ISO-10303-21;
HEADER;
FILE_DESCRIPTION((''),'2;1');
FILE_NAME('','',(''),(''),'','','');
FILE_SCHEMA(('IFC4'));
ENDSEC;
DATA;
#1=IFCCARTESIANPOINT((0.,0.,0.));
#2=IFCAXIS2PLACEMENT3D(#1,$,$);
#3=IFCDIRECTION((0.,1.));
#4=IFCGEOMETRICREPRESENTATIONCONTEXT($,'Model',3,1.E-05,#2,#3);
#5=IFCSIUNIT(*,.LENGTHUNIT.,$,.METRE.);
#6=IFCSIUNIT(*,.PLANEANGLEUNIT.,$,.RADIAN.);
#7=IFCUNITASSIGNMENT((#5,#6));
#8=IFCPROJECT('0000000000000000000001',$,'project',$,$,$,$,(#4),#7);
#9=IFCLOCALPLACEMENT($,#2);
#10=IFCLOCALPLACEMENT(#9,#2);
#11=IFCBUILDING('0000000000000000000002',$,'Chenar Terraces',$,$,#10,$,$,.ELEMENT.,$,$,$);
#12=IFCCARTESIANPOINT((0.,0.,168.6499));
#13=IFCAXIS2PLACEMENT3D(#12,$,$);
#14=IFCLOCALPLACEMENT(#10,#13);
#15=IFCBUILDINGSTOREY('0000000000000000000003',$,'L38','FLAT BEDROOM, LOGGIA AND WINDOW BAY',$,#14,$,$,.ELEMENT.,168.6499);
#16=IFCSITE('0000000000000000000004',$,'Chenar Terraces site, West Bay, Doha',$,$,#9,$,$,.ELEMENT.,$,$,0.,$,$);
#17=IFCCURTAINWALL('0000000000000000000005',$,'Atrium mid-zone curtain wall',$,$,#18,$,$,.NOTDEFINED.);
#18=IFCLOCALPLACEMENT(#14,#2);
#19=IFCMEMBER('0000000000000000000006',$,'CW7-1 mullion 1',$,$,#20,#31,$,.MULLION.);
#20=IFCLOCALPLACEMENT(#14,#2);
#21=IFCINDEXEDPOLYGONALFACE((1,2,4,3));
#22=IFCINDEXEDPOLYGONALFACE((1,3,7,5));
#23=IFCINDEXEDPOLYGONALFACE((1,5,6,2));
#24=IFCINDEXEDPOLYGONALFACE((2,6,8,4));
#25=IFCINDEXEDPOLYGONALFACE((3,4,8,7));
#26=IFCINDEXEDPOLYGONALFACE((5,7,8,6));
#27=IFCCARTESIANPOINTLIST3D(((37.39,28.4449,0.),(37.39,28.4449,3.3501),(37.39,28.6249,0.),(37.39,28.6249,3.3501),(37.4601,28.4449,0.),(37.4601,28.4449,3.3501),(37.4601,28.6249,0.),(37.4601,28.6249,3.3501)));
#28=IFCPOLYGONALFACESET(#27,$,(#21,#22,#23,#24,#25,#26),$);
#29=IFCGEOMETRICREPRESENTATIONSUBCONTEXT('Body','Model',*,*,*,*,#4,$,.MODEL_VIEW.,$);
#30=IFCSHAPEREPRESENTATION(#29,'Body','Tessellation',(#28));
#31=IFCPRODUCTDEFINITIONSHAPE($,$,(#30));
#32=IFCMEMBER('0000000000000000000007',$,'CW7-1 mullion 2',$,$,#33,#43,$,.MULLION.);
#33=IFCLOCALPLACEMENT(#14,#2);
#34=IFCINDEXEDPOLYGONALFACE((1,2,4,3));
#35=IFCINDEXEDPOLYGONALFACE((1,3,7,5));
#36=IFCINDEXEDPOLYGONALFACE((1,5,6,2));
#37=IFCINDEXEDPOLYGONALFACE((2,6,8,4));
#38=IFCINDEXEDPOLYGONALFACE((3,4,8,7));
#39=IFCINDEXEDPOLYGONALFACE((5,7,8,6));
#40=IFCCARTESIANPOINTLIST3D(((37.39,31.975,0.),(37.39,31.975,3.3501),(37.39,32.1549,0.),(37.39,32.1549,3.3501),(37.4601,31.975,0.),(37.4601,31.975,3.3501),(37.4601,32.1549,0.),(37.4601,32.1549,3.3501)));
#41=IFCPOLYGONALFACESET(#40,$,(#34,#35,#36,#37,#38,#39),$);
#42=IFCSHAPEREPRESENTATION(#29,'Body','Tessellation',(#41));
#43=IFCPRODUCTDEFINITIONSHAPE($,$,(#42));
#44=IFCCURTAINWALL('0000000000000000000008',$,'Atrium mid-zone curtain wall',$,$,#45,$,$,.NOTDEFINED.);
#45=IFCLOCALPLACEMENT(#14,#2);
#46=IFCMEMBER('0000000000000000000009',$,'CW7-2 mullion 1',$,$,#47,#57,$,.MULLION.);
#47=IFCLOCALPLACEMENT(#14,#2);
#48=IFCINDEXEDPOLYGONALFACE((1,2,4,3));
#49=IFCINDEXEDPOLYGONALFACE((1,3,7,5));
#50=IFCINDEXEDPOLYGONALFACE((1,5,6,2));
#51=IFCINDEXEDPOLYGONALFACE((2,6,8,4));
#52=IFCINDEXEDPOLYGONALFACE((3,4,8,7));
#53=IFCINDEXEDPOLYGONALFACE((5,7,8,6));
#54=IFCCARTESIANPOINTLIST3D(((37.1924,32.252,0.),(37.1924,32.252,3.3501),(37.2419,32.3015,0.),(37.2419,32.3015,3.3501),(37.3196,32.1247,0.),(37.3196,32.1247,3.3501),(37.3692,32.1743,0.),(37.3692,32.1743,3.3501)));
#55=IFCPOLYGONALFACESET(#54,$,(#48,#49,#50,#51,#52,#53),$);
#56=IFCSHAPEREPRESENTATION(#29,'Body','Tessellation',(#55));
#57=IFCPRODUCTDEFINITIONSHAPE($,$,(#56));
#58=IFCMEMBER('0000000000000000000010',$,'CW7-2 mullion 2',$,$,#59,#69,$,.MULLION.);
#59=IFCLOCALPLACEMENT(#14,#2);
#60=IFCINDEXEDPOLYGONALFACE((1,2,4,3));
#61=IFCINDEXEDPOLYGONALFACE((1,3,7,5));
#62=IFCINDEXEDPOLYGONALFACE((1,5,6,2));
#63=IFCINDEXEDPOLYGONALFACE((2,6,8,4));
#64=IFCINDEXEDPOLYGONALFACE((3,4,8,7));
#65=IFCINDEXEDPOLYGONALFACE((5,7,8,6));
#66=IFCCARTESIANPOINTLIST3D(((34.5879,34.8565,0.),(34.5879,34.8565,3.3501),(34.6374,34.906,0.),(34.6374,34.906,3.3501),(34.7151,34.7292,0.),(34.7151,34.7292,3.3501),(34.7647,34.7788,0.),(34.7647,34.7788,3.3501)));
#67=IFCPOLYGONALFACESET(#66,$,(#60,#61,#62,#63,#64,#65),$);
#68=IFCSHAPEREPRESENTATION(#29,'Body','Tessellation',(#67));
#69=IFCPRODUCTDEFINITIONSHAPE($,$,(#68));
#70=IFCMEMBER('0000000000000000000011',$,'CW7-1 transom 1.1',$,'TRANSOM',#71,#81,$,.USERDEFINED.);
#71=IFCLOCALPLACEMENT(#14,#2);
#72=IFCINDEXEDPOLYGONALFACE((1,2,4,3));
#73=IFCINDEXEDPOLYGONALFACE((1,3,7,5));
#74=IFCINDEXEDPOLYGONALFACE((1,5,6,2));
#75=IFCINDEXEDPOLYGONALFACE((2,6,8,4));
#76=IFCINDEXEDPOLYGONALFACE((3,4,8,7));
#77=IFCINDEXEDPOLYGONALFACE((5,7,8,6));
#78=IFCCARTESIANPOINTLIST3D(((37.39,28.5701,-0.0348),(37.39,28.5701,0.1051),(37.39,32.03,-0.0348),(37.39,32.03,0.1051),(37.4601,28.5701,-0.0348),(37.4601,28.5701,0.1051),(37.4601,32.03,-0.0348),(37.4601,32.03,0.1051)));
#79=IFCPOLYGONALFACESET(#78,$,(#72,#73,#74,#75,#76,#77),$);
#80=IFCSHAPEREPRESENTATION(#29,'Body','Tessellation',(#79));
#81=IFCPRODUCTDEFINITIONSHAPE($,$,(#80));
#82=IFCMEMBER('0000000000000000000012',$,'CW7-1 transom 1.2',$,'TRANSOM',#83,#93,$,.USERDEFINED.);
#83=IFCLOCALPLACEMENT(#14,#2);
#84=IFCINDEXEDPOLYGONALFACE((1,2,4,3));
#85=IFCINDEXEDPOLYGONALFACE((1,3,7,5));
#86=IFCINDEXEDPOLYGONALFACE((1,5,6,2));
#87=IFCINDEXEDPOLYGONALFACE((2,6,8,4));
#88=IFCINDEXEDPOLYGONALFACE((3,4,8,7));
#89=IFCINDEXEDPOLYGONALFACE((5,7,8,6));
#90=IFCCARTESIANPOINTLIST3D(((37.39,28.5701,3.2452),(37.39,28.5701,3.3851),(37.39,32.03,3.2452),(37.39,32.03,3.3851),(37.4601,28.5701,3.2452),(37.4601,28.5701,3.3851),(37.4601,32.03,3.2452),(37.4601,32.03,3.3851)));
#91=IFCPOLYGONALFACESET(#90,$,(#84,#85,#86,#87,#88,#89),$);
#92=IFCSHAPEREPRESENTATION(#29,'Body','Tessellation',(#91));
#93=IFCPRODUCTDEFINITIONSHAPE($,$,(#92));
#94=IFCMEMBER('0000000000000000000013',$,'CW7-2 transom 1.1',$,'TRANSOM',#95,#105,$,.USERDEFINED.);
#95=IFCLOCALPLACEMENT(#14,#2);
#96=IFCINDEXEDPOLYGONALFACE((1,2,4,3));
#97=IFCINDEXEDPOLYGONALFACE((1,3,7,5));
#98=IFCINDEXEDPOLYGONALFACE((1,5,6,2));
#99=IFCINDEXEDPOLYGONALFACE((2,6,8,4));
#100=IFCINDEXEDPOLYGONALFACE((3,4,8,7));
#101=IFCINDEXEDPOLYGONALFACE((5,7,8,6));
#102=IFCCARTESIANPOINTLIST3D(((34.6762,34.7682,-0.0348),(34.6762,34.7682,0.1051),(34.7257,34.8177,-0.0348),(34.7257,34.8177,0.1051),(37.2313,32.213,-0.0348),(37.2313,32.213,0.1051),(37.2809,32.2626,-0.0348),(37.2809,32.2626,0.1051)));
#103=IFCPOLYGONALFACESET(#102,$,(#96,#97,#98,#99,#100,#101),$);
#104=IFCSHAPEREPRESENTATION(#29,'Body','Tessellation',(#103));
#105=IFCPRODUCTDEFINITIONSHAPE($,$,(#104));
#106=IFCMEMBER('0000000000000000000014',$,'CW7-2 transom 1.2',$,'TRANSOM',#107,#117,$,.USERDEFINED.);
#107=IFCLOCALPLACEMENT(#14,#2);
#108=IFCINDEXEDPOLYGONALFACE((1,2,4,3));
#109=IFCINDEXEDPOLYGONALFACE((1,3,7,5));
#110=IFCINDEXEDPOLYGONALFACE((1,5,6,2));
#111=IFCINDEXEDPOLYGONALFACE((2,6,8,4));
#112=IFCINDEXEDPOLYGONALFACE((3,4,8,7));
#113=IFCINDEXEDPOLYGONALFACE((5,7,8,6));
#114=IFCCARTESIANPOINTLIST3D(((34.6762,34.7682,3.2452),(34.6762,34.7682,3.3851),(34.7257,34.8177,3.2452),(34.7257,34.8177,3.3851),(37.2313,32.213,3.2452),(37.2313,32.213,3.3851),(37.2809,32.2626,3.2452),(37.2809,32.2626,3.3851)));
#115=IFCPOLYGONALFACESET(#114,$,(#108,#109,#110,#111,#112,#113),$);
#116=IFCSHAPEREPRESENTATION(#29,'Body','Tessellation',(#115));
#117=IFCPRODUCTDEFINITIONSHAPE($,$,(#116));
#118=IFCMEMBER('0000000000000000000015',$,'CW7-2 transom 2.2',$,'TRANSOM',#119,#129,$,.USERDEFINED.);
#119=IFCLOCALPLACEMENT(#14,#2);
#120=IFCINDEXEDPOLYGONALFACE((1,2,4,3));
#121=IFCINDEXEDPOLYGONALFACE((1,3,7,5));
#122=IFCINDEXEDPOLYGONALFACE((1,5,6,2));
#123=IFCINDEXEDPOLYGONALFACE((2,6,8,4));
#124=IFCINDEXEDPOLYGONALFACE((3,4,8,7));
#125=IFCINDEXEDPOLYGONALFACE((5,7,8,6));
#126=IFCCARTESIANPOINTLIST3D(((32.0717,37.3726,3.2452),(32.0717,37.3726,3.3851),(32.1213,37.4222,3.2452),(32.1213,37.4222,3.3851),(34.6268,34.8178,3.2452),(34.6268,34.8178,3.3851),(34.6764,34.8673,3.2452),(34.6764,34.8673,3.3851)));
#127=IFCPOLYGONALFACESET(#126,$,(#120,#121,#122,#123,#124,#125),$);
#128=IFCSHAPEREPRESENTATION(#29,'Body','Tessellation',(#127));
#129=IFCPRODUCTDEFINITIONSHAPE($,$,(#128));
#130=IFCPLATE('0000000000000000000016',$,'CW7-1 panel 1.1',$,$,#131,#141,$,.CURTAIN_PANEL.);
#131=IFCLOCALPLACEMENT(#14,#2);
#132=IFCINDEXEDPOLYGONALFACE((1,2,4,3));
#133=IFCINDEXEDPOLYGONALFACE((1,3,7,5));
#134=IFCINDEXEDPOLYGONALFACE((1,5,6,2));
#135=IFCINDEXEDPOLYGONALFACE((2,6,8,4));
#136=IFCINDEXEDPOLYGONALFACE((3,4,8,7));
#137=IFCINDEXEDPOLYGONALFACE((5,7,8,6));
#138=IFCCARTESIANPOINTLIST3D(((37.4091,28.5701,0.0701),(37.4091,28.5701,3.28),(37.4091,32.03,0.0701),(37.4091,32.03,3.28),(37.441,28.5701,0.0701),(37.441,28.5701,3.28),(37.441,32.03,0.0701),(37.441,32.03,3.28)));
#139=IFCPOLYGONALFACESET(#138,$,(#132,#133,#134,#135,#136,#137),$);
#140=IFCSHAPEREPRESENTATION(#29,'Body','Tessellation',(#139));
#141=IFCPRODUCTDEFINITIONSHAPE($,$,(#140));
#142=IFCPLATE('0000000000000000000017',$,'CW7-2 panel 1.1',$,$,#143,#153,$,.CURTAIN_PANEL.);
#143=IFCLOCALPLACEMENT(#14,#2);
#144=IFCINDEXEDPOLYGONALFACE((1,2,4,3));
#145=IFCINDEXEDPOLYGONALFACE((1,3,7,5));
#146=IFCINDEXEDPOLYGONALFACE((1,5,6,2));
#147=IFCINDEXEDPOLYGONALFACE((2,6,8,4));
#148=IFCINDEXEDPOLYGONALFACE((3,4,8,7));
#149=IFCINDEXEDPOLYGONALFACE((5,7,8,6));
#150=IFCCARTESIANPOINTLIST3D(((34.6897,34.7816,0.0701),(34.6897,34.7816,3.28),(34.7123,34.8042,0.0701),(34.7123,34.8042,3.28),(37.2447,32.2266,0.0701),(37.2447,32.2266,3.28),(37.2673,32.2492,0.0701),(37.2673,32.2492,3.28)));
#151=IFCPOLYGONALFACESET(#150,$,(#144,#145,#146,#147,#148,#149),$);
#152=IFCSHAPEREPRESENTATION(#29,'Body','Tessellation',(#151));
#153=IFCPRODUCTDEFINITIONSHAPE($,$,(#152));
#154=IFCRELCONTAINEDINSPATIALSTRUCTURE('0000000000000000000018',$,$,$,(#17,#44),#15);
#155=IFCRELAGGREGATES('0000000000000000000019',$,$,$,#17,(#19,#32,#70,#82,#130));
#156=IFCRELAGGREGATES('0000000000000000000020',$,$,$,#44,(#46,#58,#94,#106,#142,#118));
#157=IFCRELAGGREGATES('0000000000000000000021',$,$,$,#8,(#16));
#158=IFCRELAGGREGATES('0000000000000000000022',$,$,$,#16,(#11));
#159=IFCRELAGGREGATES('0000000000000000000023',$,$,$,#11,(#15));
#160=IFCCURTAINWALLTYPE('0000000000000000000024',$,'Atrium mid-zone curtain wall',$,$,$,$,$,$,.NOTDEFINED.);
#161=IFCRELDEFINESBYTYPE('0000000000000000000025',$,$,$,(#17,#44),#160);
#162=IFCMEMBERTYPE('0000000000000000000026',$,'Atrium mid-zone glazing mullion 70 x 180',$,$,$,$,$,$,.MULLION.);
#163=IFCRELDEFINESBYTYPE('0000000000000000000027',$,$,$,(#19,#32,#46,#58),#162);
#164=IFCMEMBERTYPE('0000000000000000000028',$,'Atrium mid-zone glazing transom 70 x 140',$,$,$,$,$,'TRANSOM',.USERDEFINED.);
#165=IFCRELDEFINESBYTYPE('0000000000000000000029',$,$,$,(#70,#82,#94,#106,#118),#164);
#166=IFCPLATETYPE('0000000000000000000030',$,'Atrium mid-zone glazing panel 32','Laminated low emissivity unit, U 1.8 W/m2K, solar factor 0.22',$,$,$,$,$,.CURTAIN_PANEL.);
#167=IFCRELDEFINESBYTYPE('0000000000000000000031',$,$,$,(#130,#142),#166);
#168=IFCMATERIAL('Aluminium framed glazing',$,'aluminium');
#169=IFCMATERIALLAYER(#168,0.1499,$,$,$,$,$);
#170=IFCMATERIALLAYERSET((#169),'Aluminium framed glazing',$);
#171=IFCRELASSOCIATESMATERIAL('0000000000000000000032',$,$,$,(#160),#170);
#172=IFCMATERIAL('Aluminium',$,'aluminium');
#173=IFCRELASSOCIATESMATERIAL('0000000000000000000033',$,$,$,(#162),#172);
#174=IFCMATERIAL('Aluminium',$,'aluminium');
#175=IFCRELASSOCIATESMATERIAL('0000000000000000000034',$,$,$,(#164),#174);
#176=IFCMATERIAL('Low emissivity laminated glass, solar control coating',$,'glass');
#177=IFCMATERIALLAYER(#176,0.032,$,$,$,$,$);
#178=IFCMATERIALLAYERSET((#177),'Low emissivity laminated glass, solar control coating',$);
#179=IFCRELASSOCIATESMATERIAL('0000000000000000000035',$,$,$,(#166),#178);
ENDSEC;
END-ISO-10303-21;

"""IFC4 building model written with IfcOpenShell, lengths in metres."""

from ifc_helpers import new_model, si_unit, direction, frame, origin, origin_2d, place, context, subcontext, project, spatial, rectangle, extrude, material, layer, layer_set, material_profile, profile_set, type_object, element, aggregate, save


model = new_model("IFC4")

# Units and contexts
model_context = context("Model", 3, precision=1e-05, world=origin(), true_north=direction((0.0, 1.0)))
body_context = subcontext(model_context, "Body", "Model", "MODEL_VIEW")
ifc_project = project(units=[si_unit("LENGTHUNIT", "METRE"), si_unit("PLANEANGLEUNIT", "RADIAN")], contexts=[model_context])

# Site, building, storey
site_placement = place(None, origin())
site = spatial("IfcSite", under=ifc_project, at=site_placement, Name="Chenar Terraces site, West Bay, Doha", CompositionType="ELEMENT", RefElevation=0.0)
building_placement = place(site_placement, origin())
building = spatial("IfcBuilding", under=site, at=building_placement, Name="Chenar Terraces", CompositionType="ELEMENT")
storey_placement = place(building_placement, frame((0.0, 0.0, 168.6499)))
storey = spatial("IfcBuildingStorey", under=building, at=storey_placement, Name="L38", Description="FLAT BEDROOM, LOGGIA AND WINDOW BAY", CompositionType="ELEMENT", Elevation=168.6499)

# Curtain walls, members
ifc_material_1 = material(Name="Aluminium framed glazing", Category="aluminium")
ifc_layer_1 = layer(ifc_material_1, 0.1499)
ifc_layer_set_1 = layer_set([ifc_layer_1], Name="Aluminium framed glazing")
curtain_wall_type = type_object("IfcCurtainWallType", Name="Atrium mid-zone curtain wall", PredefinedType="NOTDEFINED", material=ifc_layer_set_1)
placement = place(storey_placement, origin())
curtain_wall_1 = element("IfcCurtainWall", 1, at=placement, inside=storey, type_object=curtain_wall_type, Name="Atrium mid-zone curtain wall", PredefinedType="NOTDEFINED")
ifc_material_2 = material(Name="Aluminium", Category="aluminium")
ifc_material_profile_1 = material_profile(ifc_material_2, rectangle(XDim=0.0701, YDim=0.1799, at=origin_2d()), Name="Atrium mid-zone glazing mullion 70 x 180")
ifc_profile_set_1 = profile_set([ifc_material_profile_1], Name="Aluminium")
member_type_1 = type_object("IfcMemberType", Name="Atrium mid-zone glazing mullion 70 x 180", PredefinedType="MULLION", material=ifc_profile_set_1)
member_1_placement = place(storey_placement, frame((37.425, 28.5349, 0.0), z_axis=(0.0, 0.0, 1.0), x_axis=(-1.0, 0.0, 0.0)))
member_1 = element("IfcMember", 2, at=member_1_placement, type_object=member_type_1, Name="CW7-1 mullion 1", PredefinedType="MULLION", context=body_context, shape_type="SweptSolid", body=[
    extrude(rectangle(XDim=0.0701, YDim=0.1799, at=origin_2d()), origin(), (0.0, 0.0, 1.0), 3.3501),
])
member_2_placement = place(storey_placement, frame((37.425, 32.0649, 0.0), z_axis=(0.0, 0.0, 1.0), x_axis=(-1.0, 0.0, 0.0)))
member_2 = element("IfcMember", 3, at=member_2_placement, type_object=member_type_1, Name="CW7-1 mullion 2", PredefinedType="MULLION", context=body_context, shape_type="SweptSolid", body=[
    extrude(rectangle(XDim=0.0701, YDim=0.1799, at=origin_2d()), origin(), (0.0, 0.0, 1.0), 3.3501),
])
curtain_wall_2 = element("IfcCurtainWall", 4, at=placement, inside=storey, type_object=curtain_wall_type, Name="Atrium mid-zone curtain wall", PredefinedType="NOTDEFINED")
member_3_placement = place(storey_placement, frame((37.2808, 32.2131, 0.0), z_axis=(0.0, 0.0, 1.0), x_axis=(-0.707107, -0.707107, 0.0)))
member_3 = element("IfcMember", 5, at=member_3_placement, type_object=member_type_1, Name="CW7-2 mullion 1", PredefinedType="MULLION", context=body_context, shape_type="SweptSolid", body=[
    extrude(rectangle(XDim=0.0701, YDim=0.1799, at=origin_2d()), origin(), (0.0, 0.0, 1.0), 3.3501),
])
member_4_placement = place(storey_placement, frame((34.6763, 34.8176, 0.0), z_axis=(0.0, 0.0, 1.0), x_axis=(-0.707107, -0.707107, 0.0)))
member_4 = element("IfcMember", 6, at=member_4_placement, type_object=member_type_1, Name="CW7-2 mullion 2", PredefinedType="MULLION", context=body_context, shape_type="SweptSolid", body=[
    extrude(rectangle(XDim=0.0701, YDim=0.1799, at=origin_2d()), origin(), (0.0, 0.0, 1.0), 3.3501),
])

# Members
ifc_material_3 = material(Name="Aluminium", Category="aluminium")
ifc_material_profile_2 = material_profile(ifc_material_3, rectangle(XDim=0.0701, YDim=0.1399, at=origin_2d()), Name="Atrium mid-zone glazing transom 70 x 140")
ifc_profile_set_2 = profile_set([ifc_material_profile_2], Name="Aluminium")
member_type_2 = type_object("IfcMemberType", Name="Atrium mid-zone glazing transom 70 x 140", ElementType="TRANSOM", PredefinedType="USERDEFINED", material=ifc_profile_set_2)
member_5_placement = place(storey_placement, frame((37.425, 28.5701, 0.0352), z_axis=(0.0, 1.0, 0.0), x_axis=(-1.0, 0.0, 0.0)))
member_5 = element("IfcMember", 7, at=member_5_placement, type_object=member_type_2, Name="CW7-1 transom 1.1", ObjectType="TRANSOM", PredefinedType="USERDEFINED", context=body_context, shape_type="SweptSolid", body=[
    extrude(rectangle(XDim=0.0701, YDim=0.1399, at=origin_2d()), origin(), (0.0, 0.0, 1.0), 3.46),
])
member_6_placement = place(storey_placement, frame((37.425, 28.5701, 3.3152), z_axis=(0.0, 1.0, 0.0), x_axis=(-1.0, 0.0, 0.0)))
member_6 = element("IfcMember", 8, at=member_6_placement, type_object=member_type_2, Name="CW7-1 transom 1.2", ObjectType="TRANSOM", PredefinedType="USERDEFINED", context=body_context, shape_type="SweptSolid", body=[
    extrude(rectangle(XDim=0.0701, YDim=0.1399, at=origin_2d()), origin(), (0.0, 0.0, 1.0), 3.46),
])
member_7_placement = place(storey_placement, frame((37.2561, 32.2378, 0.0352), z_axis=(-0.707107, 0.707107, 0.0), x_axis=(-0.707107, -0.707107, 0.0)))
member_7 = element("IfcMember", 9, at=member_7_placement, type_object=member_type_2, Name="CW7-2 transom 1.1", ObjectType="TRANSOM", PredefinedType="USERDEFINED", context=body_context, shape_type="SweptSolid", body=[
    extrude(rectangle(XDim=0.0701, YDim=0.1399, at=origin_2d()), origin(), (0.0, 0.0, 1.0), 3.6135),
])
member_8_placement = place(storey_placement, frame((37.2561, 32.2378, 3.3152), z_axis=(-0.707107, 0.707107, 0.0), x_axis=(-0.707107, -0.707107, 0.0)))
member_8 = element("IfcMember", 10, at=member_8_placement, type_object=member_type_2, Name="CW7-2 transom 1.2", ObjectType="TRANSOM", PredefinedType="USERDEFINED", context=body_context, shape_type="SweptSolid", body=[
    extrude(rectangle(XDim=0.0701, YDim=0.1399, at=origin_2d()), origin(), (0.0, 0.0, 1.0), 3.6135),
])
member_9_placement = place(storey_placement, frame((34.6516, 34.8425, 3.3152), z_axis=(-0.707141, 0.707073, 0.0), x_axis=(-0.707073, -0.707141, 0.0)))
member_9 = element("IfcMember", 11, at=member_9_placement, type_object=member_type_2, Name="CW7-2 transom 2.2", ObjectType="TRANSOM", PredefinedType="USERDEFINED", context=body_context, shape_type="SweptSolid", body=[
    extrude(rectangle(XDim=0.0701, YDim=0.1399, at=origin_2d()), origin(), (0.0, 0.0, 1.0), 3.6133),
])

# Plates
ifc_material_4 = material(Name="Low emissivity laminated glass, solar control coating", Category="glass")
ifc_layer_2 = layer(ifc_material_4, 0.032)
ifc_layer_set_2 = layer_set([ifc_layer_2], Name="Low emissivity laminated glass, solar control coating")
plate_type = type_object("IfcPlateType", Name="Atrium mid-zone glazing panel 32", Description="Laminated low emissivity unit, U 1.8 W/m2K, solar factor 0.22", PredefinedType="CURTAIN_PANEL", material=ifc_layer_set_2)
plate_1_placement = place(storey_placement, frame((37.425, 30.3, 0.0701), z_axis=(0.0, 0.0, 1.0), x_axis=(0.0, 1.0, 0.0)))
plate_1 = element("IfcPlate", 12, at=plate_1_placement, type_object=plate_type, Name="CW7-1 panel 1.1", PredefinedType="CURTAIN_PANEL", context=body_context, shape_type="SweptSolid", body=[
    extrude(rectangle(XDim=3.46, YDim=0.032, at=origin_2d()), origin(), (0.0, 0.0, 1.0), 3.21),
])
aggregate(curtain_wall_1, [member_1, member_2, member_5, member_6, plate_1])
plate_2_placement = place(storey_placement, frame((35.9785, 33.5154, 0.0701), z_axis=(0.0, 0.0, 1.0), x_axis=(-0.707107, 0.707107, 0.0)))
plate_2 = element("IfcPlate", 13, at=plate_2_placement, type_object=plate_type, Name="CW7-2 panel 1.1", PredefinedType="CURTAIN_PANEL", context=body_context, shape_type="SweptSolid", body=[
    extrude(rectangle(XDim=3.6133, YDim=0.032, at=origin_2d()), origin(), (0.0, 0.0, 1.0), 3.21),
])
aggregate(curtain_wall_2, [member_3, member_4, member_7, member_8, plate_2, member_9])

save(model, "model.ifc")
